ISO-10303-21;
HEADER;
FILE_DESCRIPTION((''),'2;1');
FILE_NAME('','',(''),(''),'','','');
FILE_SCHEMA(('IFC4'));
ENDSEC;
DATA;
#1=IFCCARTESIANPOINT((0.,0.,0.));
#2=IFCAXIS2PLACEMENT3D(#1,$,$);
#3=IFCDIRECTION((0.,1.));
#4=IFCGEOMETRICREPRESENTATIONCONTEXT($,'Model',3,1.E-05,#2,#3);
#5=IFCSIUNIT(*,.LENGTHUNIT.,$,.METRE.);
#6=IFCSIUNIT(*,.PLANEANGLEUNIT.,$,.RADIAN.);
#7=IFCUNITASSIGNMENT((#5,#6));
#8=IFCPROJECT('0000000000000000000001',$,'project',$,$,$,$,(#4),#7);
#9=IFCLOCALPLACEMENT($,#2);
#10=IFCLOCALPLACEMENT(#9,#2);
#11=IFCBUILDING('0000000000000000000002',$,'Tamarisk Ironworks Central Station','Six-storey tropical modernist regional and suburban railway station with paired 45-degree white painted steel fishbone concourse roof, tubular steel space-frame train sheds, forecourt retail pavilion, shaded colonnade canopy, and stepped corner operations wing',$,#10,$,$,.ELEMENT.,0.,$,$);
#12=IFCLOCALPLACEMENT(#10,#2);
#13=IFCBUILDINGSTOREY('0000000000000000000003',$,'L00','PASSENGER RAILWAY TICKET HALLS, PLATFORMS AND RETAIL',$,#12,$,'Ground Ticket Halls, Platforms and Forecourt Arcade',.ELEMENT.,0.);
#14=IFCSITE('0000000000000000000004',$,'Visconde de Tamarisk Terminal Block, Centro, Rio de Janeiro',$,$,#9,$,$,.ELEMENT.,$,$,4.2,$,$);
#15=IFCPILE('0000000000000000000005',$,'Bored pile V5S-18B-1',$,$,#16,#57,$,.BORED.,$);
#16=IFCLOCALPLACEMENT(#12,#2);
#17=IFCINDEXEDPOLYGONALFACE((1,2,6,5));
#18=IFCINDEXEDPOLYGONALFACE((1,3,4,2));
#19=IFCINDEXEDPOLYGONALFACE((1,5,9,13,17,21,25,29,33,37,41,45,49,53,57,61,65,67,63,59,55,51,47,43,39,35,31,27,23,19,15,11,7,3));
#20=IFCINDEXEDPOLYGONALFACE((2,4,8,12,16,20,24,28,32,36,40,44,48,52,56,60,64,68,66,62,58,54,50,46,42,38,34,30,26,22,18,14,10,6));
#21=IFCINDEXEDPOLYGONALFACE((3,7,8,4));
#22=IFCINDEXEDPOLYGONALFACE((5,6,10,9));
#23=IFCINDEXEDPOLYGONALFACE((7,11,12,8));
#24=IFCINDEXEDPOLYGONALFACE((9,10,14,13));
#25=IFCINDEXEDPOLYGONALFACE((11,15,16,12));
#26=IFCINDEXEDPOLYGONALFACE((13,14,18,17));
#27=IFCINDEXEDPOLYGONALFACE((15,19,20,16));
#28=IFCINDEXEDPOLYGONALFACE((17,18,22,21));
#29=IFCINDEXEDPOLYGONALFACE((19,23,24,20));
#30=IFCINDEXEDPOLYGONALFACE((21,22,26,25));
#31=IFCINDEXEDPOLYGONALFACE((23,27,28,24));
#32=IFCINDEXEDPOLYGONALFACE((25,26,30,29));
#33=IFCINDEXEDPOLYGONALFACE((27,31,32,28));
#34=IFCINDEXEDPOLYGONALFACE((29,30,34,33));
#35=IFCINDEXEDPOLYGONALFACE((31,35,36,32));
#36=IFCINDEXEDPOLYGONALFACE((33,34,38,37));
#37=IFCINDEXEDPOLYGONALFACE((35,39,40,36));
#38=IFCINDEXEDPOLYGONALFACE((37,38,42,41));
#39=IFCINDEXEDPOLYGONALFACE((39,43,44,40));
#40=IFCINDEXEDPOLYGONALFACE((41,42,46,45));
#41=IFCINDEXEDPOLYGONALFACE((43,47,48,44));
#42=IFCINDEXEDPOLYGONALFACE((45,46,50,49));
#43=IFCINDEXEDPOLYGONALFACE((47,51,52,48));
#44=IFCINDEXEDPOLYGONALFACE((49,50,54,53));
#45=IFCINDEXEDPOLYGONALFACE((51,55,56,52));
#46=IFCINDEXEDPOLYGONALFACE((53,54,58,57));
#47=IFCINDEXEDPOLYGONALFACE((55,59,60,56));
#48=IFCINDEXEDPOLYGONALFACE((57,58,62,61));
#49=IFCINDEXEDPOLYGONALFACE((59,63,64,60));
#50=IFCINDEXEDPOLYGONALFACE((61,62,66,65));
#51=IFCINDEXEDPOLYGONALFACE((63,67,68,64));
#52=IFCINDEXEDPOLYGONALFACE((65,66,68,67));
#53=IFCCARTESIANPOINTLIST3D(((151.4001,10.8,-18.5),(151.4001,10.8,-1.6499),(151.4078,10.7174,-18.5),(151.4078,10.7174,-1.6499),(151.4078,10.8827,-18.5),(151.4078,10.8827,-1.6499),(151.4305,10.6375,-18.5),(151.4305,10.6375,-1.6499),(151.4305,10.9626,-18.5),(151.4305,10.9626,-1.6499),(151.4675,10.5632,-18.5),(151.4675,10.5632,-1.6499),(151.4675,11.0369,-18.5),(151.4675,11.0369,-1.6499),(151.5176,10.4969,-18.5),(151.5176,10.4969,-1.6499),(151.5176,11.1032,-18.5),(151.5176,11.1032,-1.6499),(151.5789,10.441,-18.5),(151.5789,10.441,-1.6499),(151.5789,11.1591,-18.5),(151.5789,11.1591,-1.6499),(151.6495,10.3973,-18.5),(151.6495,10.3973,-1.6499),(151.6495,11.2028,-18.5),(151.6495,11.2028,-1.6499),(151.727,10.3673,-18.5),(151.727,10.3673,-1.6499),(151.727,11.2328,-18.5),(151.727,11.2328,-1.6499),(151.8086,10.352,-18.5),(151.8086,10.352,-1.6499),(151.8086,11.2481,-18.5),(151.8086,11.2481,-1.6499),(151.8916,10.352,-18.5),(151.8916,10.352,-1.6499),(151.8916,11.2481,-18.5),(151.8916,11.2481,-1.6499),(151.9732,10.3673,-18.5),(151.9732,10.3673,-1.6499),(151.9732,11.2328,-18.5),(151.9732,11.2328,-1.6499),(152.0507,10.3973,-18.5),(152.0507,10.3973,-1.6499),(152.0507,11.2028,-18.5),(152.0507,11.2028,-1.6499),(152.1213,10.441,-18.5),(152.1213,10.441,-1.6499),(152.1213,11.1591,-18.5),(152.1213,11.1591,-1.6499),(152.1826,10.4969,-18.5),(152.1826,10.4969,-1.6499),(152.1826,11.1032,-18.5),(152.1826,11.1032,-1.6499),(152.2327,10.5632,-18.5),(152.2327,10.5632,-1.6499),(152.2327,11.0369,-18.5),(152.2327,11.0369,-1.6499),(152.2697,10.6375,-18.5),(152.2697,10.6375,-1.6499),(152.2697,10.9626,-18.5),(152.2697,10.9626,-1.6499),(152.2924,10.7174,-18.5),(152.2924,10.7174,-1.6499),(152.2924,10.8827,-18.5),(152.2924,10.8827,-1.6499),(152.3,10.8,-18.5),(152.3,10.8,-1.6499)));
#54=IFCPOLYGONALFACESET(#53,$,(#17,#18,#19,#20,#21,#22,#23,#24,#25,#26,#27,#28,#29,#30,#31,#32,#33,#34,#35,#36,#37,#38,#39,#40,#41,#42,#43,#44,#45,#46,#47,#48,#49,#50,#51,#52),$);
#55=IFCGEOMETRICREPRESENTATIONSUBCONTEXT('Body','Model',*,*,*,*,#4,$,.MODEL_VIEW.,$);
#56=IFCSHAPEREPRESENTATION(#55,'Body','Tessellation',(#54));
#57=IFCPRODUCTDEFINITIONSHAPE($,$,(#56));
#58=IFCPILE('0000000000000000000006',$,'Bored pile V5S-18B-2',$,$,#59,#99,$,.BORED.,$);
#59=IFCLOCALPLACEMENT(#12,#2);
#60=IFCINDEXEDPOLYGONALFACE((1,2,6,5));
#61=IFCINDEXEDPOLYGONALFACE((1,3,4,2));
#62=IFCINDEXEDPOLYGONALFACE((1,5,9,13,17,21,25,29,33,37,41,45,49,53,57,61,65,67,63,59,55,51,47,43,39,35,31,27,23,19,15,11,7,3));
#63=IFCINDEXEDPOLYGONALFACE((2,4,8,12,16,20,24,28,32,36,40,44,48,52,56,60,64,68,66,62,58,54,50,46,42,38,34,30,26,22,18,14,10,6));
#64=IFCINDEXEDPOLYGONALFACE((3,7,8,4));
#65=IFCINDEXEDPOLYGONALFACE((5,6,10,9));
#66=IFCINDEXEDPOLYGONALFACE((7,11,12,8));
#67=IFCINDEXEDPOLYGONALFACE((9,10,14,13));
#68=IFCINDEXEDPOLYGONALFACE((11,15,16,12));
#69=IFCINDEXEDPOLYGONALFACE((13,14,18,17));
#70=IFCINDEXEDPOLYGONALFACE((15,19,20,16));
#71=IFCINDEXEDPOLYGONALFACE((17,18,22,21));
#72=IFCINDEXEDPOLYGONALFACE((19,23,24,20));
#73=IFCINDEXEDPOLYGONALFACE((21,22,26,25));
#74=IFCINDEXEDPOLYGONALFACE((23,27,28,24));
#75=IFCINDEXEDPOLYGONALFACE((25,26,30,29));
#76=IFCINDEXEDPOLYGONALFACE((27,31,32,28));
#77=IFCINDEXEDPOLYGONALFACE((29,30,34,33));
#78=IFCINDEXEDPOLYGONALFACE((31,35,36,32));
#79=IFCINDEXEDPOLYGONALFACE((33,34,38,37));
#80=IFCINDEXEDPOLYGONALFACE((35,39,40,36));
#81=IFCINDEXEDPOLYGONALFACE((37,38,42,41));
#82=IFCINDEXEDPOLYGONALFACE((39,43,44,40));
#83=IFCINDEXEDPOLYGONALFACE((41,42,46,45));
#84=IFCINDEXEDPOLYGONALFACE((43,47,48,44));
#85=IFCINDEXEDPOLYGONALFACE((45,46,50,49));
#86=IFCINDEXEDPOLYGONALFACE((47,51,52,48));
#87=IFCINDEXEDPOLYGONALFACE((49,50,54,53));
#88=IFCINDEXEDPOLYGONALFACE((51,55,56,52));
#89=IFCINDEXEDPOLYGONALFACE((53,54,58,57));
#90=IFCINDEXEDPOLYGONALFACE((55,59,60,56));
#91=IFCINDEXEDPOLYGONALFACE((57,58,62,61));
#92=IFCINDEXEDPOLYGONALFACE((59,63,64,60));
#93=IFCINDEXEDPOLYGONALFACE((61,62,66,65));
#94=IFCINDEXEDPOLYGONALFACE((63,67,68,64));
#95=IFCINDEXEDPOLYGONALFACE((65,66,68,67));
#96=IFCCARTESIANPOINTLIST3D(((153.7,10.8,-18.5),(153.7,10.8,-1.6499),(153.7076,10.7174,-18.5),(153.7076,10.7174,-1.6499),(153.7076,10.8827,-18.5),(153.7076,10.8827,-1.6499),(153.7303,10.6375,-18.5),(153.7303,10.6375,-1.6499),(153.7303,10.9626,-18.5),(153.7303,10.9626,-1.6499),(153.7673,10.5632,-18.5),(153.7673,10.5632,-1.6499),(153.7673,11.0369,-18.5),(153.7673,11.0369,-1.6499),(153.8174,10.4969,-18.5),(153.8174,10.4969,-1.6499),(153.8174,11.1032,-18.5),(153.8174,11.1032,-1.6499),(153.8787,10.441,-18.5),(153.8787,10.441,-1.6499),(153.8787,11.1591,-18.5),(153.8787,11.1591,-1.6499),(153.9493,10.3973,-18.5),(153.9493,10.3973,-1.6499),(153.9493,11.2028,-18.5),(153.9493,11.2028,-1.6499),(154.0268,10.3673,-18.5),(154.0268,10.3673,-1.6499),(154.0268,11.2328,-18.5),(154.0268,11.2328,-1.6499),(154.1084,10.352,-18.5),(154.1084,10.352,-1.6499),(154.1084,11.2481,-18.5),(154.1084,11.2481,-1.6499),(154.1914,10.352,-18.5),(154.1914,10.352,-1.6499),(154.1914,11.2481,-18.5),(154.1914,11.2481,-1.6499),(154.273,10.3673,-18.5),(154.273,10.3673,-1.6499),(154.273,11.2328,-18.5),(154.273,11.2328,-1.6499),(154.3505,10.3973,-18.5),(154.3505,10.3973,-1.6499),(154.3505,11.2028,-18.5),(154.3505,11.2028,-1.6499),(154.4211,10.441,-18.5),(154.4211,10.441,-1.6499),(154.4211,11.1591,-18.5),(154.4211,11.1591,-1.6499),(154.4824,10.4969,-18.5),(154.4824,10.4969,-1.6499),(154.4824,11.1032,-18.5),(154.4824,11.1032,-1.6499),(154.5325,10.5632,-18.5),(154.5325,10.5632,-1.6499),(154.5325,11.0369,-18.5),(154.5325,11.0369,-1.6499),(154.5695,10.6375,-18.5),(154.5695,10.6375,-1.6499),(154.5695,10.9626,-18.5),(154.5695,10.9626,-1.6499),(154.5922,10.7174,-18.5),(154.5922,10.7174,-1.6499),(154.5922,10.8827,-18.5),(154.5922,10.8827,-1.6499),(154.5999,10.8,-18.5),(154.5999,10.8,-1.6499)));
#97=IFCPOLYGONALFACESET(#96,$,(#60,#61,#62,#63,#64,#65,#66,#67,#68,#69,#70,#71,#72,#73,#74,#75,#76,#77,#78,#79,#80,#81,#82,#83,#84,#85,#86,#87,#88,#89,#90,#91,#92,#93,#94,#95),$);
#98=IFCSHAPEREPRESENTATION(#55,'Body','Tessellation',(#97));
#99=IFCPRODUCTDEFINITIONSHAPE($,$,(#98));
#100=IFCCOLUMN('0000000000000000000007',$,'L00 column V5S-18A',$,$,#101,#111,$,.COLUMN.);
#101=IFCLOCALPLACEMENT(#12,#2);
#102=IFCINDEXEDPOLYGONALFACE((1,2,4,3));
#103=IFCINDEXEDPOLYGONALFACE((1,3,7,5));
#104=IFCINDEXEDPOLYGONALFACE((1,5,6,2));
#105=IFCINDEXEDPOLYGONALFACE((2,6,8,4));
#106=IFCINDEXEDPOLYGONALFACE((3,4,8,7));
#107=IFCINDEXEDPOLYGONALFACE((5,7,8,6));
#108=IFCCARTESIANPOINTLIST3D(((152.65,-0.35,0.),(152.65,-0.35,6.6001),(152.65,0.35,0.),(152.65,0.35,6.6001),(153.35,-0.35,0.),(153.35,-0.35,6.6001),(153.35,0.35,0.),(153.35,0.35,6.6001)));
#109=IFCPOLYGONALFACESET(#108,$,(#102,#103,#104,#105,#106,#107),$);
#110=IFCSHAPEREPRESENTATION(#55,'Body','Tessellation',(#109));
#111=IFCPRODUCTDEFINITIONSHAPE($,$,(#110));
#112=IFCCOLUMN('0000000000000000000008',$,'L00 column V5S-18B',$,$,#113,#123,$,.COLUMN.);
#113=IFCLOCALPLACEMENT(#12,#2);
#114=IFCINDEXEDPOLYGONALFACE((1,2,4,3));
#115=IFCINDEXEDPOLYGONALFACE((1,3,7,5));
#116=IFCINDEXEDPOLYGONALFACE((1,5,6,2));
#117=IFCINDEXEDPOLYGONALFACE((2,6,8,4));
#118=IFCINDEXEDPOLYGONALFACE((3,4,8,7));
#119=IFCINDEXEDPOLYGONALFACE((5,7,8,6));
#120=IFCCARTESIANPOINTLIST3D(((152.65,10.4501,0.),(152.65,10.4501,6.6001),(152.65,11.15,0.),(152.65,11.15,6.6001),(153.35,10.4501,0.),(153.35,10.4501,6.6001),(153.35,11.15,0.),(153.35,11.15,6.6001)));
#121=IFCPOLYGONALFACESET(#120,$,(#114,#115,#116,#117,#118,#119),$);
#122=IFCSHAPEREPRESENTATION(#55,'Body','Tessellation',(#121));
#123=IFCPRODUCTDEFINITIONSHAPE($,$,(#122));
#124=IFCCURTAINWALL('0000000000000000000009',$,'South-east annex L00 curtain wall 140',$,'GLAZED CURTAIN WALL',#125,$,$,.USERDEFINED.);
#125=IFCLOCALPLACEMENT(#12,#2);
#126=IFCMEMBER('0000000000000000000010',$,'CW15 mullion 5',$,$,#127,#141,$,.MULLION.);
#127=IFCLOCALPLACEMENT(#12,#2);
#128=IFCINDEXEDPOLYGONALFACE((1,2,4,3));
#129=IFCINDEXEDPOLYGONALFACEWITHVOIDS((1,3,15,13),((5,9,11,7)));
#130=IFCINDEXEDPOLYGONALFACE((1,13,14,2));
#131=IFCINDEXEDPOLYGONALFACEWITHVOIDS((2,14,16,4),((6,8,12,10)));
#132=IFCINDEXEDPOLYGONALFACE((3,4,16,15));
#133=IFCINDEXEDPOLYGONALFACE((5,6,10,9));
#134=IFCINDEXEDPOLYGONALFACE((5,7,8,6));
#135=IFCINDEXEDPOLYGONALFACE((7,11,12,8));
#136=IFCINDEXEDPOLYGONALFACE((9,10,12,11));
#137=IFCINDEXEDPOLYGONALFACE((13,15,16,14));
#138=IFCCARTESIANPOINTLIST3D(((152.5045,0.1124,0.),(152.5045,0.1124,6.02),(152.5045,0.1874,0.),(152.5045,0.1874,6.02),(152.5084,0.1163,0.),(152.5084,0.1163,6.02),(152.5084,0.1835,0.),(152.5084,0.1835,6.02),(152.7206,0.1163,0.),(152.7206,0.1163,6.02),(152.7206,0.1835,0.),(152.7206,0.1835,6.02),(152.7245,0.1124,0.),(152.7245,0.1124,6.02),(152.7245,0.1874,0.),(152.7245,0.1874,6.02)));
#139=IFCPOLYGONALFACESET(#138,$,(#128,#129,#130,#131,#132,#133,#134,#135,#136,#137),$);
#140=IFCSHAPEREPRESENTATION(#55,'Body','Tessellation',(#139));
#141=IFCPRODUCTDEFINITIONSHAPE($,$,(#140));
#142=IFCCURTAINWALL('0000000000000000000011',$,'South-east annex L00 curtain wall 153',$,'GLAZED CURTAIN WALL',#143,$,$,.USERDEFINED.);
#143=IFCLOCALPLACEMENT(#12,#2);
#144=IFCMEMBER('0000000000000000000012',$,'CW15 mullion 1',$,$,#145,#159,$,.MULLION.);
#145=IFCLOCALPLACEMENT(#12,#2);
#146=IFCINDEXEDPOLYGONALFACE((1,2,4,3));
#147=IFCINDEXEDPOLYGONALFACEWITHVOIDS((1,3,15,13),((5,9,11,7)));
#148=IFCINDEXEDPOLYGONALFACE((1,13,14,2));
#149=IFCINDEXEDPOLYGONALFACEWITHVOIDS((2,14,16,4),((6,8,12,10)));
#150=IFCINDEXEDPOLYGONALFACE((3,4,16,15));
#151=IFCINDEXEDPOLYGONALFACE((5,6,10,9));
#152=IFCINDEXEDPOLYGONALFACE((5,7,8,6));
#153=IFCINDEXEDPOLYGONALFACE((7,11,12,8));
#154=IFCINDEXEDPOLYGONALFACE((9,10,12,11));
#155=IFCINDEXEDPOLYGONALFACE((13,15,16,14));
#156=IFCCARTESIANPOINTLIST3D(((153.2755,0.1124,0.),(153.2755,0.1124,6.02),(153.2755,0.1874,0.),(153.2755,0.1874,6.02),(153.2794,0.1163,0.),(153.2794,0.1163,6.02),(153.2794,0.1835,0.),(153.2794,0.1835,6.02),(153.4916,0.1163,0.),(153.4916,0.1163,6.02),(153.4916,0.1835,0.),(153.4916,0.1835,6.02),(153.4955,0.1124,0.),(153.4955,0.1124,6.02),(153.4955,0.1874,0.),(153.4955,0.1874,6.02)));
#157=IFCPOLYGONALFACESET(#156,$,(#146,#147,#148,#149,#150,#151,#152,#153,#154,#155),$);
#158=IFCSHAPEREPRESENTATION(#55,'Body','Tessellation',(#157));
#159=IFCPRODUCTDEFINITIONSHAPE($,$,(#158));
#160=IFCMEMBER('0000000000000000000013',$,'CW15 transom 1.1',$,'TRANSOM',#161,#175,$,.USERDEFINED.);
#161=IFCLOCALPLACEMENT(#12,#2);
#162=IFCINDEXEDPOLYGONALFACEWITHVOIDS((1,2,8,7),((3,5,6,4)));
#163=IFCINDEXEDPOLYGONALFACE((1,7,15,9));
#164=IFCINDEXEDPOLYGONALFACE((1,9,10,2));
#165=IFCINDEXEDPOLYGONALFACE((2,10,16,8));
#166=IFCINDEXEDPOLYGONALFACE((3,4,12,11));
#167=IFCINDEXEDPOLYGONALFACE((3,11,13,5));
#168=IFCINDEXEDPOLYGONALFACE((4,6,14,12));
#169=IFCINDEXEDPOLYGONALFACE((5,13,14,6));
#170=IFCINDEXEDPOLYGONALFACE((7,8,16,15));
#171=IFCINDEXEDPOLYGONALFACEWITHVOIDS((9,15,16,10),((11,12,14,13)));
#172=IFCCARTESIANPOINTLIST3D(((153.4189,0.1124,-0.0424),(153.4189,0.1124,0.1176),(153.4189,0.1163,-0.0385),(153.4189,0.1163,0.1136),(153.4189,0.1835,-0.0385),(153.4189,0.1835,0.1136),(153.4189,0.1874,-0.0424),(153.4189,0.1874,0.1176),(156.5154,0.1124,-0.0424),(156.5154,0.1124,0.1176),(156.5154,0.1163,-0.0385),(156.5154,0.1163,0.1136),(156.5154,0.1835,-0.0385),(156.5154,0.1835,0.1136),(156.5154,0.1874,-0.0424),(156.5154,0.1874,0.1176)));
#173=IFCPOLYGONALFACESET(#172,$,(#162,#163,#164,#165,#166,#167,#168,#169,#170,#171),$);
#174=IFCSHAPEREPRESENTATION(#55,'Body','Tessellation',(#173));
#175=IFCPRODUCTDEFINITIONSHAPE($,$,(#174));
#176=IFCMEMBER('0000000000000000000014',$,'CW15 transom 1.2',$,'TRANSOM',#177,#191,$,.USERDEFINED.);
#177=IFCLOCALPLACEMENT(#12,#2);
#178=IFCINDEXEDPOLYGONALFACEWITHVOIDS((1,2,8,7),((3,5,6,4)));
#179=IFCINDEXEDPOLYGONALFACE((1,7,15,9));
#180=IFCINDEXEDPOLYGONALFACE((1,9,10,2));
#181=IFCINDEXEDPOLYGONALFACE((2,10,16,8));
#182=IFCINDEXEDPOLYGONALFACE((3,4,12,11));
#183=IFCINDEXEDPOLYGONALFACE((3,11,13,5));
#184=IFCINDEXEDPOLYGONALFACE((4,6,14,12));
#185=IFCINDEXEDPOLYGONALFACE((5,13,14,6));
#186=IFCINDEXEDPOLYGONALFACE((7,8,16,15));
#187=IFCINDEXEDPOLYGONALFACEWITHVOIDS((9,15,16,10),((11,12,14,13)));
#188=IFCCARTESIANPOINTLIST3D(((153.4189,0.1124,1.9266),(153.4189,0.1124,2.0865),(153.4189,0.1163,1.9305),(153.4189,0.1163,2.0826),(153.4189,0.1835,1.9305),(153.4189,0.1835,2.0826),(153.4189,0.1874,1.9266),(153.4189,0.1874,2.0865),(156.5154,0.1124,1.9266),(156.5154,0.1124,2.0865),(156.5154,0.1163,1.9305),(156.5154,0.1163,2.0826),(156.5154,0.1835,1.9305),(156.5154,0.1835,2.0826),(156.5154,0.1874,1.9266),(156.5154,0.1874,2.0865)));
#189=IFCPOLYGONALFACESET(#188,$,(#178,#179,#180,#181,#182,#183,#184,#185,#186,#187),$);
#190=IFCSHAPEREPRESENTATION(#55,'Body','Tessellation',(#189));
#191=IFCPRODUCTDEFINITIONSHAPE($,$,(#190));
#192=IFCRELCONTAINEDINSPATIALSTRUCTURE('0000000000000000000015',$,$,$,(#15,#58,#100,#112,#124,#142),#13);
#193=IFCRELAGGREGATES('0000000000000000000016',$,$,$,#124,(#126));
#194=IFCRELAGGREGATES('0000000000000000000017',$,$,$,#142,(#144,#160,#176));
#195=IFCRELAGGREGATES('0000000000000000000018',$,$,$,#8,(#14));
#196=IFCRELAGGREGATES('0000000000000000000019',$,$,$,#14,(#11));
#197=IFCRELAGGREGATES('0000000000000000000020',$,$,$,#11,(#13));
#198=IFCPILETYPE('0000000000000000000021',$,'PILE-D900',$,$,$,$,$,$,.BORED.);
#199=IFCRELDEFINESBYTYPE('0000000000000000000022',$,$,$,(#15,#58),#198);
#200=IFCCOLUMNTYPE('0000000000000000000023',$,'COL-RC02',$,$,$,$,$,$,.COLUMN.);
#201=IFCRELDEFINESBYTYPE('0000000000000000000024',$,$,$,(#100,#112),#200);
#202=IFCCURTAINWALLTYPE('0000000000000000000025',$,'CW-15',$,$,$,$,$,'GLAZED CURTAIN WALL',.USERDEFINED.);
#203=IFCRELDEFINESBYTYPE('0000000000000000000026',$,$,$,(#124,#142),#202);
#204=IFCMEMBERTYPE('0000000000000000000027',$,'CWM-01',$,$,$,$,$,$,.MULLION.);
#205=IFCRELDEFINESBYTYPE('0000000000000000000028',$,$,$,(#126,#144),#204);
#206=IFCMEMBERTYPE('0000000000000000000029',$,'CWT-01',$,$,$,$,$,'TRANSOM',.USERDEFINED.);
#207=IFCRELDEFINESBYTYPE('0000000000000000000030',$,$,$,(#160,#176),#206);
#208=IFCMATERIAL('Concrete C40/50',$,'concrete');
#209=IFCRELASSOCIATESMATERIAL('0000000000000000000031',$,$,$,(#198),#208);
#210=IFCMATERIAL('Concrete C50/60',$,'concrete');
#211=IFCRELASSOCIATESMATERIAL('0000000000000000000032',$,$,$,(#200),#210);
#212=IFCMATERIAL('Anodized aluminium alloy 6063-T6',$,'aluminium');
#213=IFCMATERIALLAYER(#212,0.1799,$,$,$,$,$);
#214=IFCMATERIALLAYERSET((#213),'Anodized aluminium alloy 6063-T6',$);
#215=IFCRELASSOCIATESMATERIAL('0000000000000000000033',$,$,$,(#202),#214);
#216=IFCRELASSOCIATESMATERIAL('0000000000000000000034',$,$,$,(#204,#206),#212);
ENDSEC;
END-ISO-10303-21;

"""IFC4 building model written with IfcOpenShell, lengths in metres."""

from ifc_helpers import new_model, si_unit, direction, frame, origin, origin_2d, place, context, subcontext, project, spatial, rectangle, hollow_rectangle, circle, extrude, material, layer, layer_set, material_profile, profile_set, type_object, element, aggregate, save


model = new_model("IFC4")

# Units and contexts
model_context = context("Model", 3, precision=1e-05, world=origin(), true_north=direction((0.0, 1.0)))
body_context = subcontext(model_context, "Body", "Model", "MODEL_VIEW")
ifc_project = project(units=[si_unit("LENGTHUNIT", "METRE"), si_unit("PLANEANGLEUNIT", "RADIAN")], contexts=[model_context])

# Site, building, storey
site_placement = place(None, origin())
site = spatial("IfcSite", under=ifc_project, at=site_placement, Name="Visconde de Tamarisk Terminal Block, Centro, Rio de Janeiro", CompositionType="ELEMENT", RefElevation=4.2)
building_placement = place(site_placement, origin())
building = spatial("IfcBuilding", under=site, at=building_placement, Name="Tamarisk Ironworks Central Station", Description="Six-storey tropical modernist regional and suburban railway station with paired 45-degree white painted steel fishbone concourse roof, tubular steel space-frame train sheds, forecourt retail pavilion, shaded colonnade canopy, and stepped corner operations wing", CompositionType="ELEMENT", ElevationOfRefHeight=0.0)
storey_placement = place(building_placement, origin())
storey = spatial("IfcBuildingStorey", under=building, at=storey_placement, Name="L00", Description="PASSENGER RAILWAY TICKET HALLS, PLATFORMS AND RETAIL", LongName="Ground Ticket Halls, Platforms and Forecourt Arcade", CompositionType="ELEMENT", Elevation=0.0)

# Shared definitions
ifc_material_1 = material(Name="Concrete C40/50", Category="concrete")

# Piles
ifc_material_profile_1 = material_profile(ifc_material_1, circle(Radius=0.45, at=origin_2d()), Name="BORED PILE D900")
ifc_profile_set_1 = profile_set([ifc_material_profile_1], Name="Concrete C40/50")
pile_type_1 = type_object("IfcPileType", Name="PILE-D900", PredefinedType="BORED", material=ifc_profile_set_1)
for number, where, z_axis, x_axis, name in (
    (1, (151.8501, 10.8, -1.6499), (0.0, 0.0, -1.0), (1.0, 0.0, 0.0), "Bored pile V5S-18B-1"),
    (2, (154.1499, 10.8, -1.6499), (0.0, 0.0, -1.0), (1.0, 0.0, 0.0), "Bored pile V5S-18B-2"),
):
    element("IfcPile", number, at=place(storey_placement, frame(where, z_axis=z_axis, x_axis=x_axis)), inside=storey, type_object=pile_type_1, Name=name, PredefinedType="BORED", context=body_context, shape_type="SweptSolid", body=[
        extrude(circle(Radius=0.45, at=origin_2d()), origin(), (0.0, 0.0, 1.0), 16.8501),
    ])

# Columns
ifc_material_2 = material(Name="Concrete C50/60", Category="concrete")
ifc_material_profile_2 = material_profile(ifc_material_2, rectangle(XDim=0.7, YDim=0.7, at=origin_2d()), Name="RC 700x700")
ifc_profile_set_2 = profile_set([ifc_material_profile_2], Name="Concrete C50/60")
column_type = type_object("IfcColumnType", Name="COL-RC02", PredefinedType="COLUMN", material=ifc_profile_set_2)
for number, where, z_axis, x_axis, name in (
    (3, (153.0, 0.0, 0.0), (0.0, 0.0, 1.0), (1.0, 0.0, 0.0), "L00 column V5S-18A"),
    (4, (153.0, 10.8, 0.0), (0.0, 0.0, 1.0), (1.0, 0.0, 0.0), "L00 column V5S-18B"),
):
    element("IfcColumn", number, at=place(storey_placement, frame(where, z_axis=z_axis, x_axis=x_axis)), inside=storey, type_object=column_type, Name=name, PredefinedType="COLUMN", context=body_context, shape_type="SweptSolid", body=[
        extrude(rectangle(XDim=0.7, YDim=0.7, at=origin_2d()), origin(), (0.0, 0.0, 1.0), 6.6001),
    ])

# Curtain wall, member
ifc_material_3 = material(Name="Anodized aluminium alloy 6063-T6", Category="aluminium")
ifc_layer_1 = layer(ifc_material_3, 0.1799)
ifc_layer_set_1 = layer_set([ifc_layer_1], Name="Anodized aluminium alloy 6063-T6")
curtain_wall_type = type_object("IfcCurtainWallType", Name="CW-15", ElementType="GLAZED CURTAIN WALL", PredefinedType="USERDEFINED", material=ifc_layer_set_1)
curtain_wall_1_placement = place(storey_placement, origin())
curtain_wall_1 = element("IfcCurtainWall", 5, at=curtain_wall_1_placement, inside=storey, type_object=curtain_wall_type, Name="South-east annex L00 curtain wall 140", ObjectType="GLAZED CURTAIN WALL", PredefinedType="USERDEFINED")
ifc_material_profile_3 = material_profile(ifc_material_3, hollow_rectangle(XDim=0.075, YDim=0.22, WallThickness=0.0039, at=origin_2d()), Name="ALUM 220x75")
ifc_profile_set_3 = profile_set([ifc_material_profile_3], Name="Anodized aluminium alloy 6063-T6")
member_type_1 = type_object("IfcMemberType", Name="CWM-01", PredefinedType="MULLION", material=ifc_profile_set_3)
member_1_placement = place(storey_placement, frame((152.6145, 0.1499, 0.0), z_axis=(0.0, 0.0, 1.0), x_axis=(0.0, 1.0, 0.0)))
member_1 = element("IfcMember", 6, at=member_1_placement, type_object=member_type_1, Name="CW15 mullion 5", PredefinedType="MULLION", context=body_context, shape_type="SweptSolid", body=[
    extrude(hollow_rectangle(XDim=0.075, YDim=0.22, WallThickness=0.0039, at=origin_2d()), origin(), (0.0, 0.0, 1.0), 6.02),
])

# Curtain wall, members
curtain_wall_2_placement = place(storey_placement, origin())
curtain_wall_2 = element("IfcCurtainWall", 7, at=curtain_wall_2_placement, inside=storey, type_object=curtain_wall_type, Name="South-east annex L00 curtain wall 153", ObjectType="GLAZED CURTAIN WALL", PredefinedType="USERDEFINED")
member_2_placement = place(storey_placement, frame((153.3855, 0.1499, 0.0), z_axis=(0.0, 0.0, 1.0), x_axis=(0.0, 1.0, 0.0)))
member_2 = element("IfcMember", 8, at=member_2_placement, type_object=member_type_1, Name="CW15 mullion 1", PredefinedType="MULLION", context=body_context, shape_type="SweptSolid", body=[
    extrude(hollow_rectangle(XDim=0.075, YDim=0.22, WallThickness=0.0039, at=origin_2d()), origin(), (0.0, 0.0, 1.0), 6.02),
])
ifc_material_profile_4 = material_profile(ifc_material_3, hollow_rectangle(XDim=0.075, YDim=0.1599, WallThickness=0.0039, at=origin_2d()), Name="ALUM 160x75")
ifc_profile_set_4 = profile_set([ifc_material_profile_4], Name="Anodized aluminium alloy 6063-T6")
member_type_2 = type_object("IfcMemberType", Name="CWT-01", ElementType="TRANSOM", PredefinedType="USERDEFINED", material=ifc_profile_set_4)
member_3_placement = place(storey_placement, frame((153.4189, 0.1499, 0.0376), z_axis=(1.0, 0.0, 0.0), x_axis=(0.0, 1.0, 0.0)))
member_3 = element("IfcMember", 9, at=member_3_placement, type_object=member_type_2, Name="CW15 transom 1.1", ObjectType="TRANSOM", PredefinedType="USERDEFINED", context=body_context, shape_type="SweptSolid", body=[
    extrude(hollow_rectangle(XDim=0.075, YDim=0.1599, WallThickness=0.0039, at=origin_2d()), origin(), (0.0, 0.0, 1.0), 3.0964),
])
member_4_placement = place(storey_placement, frame((153.4189, 0.1499, 2.0066), z_axis=(1.0, 0.0, 0.0), x_axis=(0.0, 1.0, 0.0)))
member_4 = element("IfcMember", 10, at=member_4_placement, type_object=member_type_2, Name="CW15 transom 1.2", ObjectType="TRANSOM", PredefinedType="USERDEFINED", context=body_context, shape_type="SweptSolid", body=[
    extrude(hollow_rectangle(XDim=0.075, YDim=0.1599, WallThickness=0.0039, at=origin_2d()), origin(), (0.0, 0.0, 1.0), 3.0964),
])

aggregate(curtain_wall_1, [member_1])
aggregate(curtain_wall_2, [member_2, member_3, member_4])

save(model, "model.ifc")
